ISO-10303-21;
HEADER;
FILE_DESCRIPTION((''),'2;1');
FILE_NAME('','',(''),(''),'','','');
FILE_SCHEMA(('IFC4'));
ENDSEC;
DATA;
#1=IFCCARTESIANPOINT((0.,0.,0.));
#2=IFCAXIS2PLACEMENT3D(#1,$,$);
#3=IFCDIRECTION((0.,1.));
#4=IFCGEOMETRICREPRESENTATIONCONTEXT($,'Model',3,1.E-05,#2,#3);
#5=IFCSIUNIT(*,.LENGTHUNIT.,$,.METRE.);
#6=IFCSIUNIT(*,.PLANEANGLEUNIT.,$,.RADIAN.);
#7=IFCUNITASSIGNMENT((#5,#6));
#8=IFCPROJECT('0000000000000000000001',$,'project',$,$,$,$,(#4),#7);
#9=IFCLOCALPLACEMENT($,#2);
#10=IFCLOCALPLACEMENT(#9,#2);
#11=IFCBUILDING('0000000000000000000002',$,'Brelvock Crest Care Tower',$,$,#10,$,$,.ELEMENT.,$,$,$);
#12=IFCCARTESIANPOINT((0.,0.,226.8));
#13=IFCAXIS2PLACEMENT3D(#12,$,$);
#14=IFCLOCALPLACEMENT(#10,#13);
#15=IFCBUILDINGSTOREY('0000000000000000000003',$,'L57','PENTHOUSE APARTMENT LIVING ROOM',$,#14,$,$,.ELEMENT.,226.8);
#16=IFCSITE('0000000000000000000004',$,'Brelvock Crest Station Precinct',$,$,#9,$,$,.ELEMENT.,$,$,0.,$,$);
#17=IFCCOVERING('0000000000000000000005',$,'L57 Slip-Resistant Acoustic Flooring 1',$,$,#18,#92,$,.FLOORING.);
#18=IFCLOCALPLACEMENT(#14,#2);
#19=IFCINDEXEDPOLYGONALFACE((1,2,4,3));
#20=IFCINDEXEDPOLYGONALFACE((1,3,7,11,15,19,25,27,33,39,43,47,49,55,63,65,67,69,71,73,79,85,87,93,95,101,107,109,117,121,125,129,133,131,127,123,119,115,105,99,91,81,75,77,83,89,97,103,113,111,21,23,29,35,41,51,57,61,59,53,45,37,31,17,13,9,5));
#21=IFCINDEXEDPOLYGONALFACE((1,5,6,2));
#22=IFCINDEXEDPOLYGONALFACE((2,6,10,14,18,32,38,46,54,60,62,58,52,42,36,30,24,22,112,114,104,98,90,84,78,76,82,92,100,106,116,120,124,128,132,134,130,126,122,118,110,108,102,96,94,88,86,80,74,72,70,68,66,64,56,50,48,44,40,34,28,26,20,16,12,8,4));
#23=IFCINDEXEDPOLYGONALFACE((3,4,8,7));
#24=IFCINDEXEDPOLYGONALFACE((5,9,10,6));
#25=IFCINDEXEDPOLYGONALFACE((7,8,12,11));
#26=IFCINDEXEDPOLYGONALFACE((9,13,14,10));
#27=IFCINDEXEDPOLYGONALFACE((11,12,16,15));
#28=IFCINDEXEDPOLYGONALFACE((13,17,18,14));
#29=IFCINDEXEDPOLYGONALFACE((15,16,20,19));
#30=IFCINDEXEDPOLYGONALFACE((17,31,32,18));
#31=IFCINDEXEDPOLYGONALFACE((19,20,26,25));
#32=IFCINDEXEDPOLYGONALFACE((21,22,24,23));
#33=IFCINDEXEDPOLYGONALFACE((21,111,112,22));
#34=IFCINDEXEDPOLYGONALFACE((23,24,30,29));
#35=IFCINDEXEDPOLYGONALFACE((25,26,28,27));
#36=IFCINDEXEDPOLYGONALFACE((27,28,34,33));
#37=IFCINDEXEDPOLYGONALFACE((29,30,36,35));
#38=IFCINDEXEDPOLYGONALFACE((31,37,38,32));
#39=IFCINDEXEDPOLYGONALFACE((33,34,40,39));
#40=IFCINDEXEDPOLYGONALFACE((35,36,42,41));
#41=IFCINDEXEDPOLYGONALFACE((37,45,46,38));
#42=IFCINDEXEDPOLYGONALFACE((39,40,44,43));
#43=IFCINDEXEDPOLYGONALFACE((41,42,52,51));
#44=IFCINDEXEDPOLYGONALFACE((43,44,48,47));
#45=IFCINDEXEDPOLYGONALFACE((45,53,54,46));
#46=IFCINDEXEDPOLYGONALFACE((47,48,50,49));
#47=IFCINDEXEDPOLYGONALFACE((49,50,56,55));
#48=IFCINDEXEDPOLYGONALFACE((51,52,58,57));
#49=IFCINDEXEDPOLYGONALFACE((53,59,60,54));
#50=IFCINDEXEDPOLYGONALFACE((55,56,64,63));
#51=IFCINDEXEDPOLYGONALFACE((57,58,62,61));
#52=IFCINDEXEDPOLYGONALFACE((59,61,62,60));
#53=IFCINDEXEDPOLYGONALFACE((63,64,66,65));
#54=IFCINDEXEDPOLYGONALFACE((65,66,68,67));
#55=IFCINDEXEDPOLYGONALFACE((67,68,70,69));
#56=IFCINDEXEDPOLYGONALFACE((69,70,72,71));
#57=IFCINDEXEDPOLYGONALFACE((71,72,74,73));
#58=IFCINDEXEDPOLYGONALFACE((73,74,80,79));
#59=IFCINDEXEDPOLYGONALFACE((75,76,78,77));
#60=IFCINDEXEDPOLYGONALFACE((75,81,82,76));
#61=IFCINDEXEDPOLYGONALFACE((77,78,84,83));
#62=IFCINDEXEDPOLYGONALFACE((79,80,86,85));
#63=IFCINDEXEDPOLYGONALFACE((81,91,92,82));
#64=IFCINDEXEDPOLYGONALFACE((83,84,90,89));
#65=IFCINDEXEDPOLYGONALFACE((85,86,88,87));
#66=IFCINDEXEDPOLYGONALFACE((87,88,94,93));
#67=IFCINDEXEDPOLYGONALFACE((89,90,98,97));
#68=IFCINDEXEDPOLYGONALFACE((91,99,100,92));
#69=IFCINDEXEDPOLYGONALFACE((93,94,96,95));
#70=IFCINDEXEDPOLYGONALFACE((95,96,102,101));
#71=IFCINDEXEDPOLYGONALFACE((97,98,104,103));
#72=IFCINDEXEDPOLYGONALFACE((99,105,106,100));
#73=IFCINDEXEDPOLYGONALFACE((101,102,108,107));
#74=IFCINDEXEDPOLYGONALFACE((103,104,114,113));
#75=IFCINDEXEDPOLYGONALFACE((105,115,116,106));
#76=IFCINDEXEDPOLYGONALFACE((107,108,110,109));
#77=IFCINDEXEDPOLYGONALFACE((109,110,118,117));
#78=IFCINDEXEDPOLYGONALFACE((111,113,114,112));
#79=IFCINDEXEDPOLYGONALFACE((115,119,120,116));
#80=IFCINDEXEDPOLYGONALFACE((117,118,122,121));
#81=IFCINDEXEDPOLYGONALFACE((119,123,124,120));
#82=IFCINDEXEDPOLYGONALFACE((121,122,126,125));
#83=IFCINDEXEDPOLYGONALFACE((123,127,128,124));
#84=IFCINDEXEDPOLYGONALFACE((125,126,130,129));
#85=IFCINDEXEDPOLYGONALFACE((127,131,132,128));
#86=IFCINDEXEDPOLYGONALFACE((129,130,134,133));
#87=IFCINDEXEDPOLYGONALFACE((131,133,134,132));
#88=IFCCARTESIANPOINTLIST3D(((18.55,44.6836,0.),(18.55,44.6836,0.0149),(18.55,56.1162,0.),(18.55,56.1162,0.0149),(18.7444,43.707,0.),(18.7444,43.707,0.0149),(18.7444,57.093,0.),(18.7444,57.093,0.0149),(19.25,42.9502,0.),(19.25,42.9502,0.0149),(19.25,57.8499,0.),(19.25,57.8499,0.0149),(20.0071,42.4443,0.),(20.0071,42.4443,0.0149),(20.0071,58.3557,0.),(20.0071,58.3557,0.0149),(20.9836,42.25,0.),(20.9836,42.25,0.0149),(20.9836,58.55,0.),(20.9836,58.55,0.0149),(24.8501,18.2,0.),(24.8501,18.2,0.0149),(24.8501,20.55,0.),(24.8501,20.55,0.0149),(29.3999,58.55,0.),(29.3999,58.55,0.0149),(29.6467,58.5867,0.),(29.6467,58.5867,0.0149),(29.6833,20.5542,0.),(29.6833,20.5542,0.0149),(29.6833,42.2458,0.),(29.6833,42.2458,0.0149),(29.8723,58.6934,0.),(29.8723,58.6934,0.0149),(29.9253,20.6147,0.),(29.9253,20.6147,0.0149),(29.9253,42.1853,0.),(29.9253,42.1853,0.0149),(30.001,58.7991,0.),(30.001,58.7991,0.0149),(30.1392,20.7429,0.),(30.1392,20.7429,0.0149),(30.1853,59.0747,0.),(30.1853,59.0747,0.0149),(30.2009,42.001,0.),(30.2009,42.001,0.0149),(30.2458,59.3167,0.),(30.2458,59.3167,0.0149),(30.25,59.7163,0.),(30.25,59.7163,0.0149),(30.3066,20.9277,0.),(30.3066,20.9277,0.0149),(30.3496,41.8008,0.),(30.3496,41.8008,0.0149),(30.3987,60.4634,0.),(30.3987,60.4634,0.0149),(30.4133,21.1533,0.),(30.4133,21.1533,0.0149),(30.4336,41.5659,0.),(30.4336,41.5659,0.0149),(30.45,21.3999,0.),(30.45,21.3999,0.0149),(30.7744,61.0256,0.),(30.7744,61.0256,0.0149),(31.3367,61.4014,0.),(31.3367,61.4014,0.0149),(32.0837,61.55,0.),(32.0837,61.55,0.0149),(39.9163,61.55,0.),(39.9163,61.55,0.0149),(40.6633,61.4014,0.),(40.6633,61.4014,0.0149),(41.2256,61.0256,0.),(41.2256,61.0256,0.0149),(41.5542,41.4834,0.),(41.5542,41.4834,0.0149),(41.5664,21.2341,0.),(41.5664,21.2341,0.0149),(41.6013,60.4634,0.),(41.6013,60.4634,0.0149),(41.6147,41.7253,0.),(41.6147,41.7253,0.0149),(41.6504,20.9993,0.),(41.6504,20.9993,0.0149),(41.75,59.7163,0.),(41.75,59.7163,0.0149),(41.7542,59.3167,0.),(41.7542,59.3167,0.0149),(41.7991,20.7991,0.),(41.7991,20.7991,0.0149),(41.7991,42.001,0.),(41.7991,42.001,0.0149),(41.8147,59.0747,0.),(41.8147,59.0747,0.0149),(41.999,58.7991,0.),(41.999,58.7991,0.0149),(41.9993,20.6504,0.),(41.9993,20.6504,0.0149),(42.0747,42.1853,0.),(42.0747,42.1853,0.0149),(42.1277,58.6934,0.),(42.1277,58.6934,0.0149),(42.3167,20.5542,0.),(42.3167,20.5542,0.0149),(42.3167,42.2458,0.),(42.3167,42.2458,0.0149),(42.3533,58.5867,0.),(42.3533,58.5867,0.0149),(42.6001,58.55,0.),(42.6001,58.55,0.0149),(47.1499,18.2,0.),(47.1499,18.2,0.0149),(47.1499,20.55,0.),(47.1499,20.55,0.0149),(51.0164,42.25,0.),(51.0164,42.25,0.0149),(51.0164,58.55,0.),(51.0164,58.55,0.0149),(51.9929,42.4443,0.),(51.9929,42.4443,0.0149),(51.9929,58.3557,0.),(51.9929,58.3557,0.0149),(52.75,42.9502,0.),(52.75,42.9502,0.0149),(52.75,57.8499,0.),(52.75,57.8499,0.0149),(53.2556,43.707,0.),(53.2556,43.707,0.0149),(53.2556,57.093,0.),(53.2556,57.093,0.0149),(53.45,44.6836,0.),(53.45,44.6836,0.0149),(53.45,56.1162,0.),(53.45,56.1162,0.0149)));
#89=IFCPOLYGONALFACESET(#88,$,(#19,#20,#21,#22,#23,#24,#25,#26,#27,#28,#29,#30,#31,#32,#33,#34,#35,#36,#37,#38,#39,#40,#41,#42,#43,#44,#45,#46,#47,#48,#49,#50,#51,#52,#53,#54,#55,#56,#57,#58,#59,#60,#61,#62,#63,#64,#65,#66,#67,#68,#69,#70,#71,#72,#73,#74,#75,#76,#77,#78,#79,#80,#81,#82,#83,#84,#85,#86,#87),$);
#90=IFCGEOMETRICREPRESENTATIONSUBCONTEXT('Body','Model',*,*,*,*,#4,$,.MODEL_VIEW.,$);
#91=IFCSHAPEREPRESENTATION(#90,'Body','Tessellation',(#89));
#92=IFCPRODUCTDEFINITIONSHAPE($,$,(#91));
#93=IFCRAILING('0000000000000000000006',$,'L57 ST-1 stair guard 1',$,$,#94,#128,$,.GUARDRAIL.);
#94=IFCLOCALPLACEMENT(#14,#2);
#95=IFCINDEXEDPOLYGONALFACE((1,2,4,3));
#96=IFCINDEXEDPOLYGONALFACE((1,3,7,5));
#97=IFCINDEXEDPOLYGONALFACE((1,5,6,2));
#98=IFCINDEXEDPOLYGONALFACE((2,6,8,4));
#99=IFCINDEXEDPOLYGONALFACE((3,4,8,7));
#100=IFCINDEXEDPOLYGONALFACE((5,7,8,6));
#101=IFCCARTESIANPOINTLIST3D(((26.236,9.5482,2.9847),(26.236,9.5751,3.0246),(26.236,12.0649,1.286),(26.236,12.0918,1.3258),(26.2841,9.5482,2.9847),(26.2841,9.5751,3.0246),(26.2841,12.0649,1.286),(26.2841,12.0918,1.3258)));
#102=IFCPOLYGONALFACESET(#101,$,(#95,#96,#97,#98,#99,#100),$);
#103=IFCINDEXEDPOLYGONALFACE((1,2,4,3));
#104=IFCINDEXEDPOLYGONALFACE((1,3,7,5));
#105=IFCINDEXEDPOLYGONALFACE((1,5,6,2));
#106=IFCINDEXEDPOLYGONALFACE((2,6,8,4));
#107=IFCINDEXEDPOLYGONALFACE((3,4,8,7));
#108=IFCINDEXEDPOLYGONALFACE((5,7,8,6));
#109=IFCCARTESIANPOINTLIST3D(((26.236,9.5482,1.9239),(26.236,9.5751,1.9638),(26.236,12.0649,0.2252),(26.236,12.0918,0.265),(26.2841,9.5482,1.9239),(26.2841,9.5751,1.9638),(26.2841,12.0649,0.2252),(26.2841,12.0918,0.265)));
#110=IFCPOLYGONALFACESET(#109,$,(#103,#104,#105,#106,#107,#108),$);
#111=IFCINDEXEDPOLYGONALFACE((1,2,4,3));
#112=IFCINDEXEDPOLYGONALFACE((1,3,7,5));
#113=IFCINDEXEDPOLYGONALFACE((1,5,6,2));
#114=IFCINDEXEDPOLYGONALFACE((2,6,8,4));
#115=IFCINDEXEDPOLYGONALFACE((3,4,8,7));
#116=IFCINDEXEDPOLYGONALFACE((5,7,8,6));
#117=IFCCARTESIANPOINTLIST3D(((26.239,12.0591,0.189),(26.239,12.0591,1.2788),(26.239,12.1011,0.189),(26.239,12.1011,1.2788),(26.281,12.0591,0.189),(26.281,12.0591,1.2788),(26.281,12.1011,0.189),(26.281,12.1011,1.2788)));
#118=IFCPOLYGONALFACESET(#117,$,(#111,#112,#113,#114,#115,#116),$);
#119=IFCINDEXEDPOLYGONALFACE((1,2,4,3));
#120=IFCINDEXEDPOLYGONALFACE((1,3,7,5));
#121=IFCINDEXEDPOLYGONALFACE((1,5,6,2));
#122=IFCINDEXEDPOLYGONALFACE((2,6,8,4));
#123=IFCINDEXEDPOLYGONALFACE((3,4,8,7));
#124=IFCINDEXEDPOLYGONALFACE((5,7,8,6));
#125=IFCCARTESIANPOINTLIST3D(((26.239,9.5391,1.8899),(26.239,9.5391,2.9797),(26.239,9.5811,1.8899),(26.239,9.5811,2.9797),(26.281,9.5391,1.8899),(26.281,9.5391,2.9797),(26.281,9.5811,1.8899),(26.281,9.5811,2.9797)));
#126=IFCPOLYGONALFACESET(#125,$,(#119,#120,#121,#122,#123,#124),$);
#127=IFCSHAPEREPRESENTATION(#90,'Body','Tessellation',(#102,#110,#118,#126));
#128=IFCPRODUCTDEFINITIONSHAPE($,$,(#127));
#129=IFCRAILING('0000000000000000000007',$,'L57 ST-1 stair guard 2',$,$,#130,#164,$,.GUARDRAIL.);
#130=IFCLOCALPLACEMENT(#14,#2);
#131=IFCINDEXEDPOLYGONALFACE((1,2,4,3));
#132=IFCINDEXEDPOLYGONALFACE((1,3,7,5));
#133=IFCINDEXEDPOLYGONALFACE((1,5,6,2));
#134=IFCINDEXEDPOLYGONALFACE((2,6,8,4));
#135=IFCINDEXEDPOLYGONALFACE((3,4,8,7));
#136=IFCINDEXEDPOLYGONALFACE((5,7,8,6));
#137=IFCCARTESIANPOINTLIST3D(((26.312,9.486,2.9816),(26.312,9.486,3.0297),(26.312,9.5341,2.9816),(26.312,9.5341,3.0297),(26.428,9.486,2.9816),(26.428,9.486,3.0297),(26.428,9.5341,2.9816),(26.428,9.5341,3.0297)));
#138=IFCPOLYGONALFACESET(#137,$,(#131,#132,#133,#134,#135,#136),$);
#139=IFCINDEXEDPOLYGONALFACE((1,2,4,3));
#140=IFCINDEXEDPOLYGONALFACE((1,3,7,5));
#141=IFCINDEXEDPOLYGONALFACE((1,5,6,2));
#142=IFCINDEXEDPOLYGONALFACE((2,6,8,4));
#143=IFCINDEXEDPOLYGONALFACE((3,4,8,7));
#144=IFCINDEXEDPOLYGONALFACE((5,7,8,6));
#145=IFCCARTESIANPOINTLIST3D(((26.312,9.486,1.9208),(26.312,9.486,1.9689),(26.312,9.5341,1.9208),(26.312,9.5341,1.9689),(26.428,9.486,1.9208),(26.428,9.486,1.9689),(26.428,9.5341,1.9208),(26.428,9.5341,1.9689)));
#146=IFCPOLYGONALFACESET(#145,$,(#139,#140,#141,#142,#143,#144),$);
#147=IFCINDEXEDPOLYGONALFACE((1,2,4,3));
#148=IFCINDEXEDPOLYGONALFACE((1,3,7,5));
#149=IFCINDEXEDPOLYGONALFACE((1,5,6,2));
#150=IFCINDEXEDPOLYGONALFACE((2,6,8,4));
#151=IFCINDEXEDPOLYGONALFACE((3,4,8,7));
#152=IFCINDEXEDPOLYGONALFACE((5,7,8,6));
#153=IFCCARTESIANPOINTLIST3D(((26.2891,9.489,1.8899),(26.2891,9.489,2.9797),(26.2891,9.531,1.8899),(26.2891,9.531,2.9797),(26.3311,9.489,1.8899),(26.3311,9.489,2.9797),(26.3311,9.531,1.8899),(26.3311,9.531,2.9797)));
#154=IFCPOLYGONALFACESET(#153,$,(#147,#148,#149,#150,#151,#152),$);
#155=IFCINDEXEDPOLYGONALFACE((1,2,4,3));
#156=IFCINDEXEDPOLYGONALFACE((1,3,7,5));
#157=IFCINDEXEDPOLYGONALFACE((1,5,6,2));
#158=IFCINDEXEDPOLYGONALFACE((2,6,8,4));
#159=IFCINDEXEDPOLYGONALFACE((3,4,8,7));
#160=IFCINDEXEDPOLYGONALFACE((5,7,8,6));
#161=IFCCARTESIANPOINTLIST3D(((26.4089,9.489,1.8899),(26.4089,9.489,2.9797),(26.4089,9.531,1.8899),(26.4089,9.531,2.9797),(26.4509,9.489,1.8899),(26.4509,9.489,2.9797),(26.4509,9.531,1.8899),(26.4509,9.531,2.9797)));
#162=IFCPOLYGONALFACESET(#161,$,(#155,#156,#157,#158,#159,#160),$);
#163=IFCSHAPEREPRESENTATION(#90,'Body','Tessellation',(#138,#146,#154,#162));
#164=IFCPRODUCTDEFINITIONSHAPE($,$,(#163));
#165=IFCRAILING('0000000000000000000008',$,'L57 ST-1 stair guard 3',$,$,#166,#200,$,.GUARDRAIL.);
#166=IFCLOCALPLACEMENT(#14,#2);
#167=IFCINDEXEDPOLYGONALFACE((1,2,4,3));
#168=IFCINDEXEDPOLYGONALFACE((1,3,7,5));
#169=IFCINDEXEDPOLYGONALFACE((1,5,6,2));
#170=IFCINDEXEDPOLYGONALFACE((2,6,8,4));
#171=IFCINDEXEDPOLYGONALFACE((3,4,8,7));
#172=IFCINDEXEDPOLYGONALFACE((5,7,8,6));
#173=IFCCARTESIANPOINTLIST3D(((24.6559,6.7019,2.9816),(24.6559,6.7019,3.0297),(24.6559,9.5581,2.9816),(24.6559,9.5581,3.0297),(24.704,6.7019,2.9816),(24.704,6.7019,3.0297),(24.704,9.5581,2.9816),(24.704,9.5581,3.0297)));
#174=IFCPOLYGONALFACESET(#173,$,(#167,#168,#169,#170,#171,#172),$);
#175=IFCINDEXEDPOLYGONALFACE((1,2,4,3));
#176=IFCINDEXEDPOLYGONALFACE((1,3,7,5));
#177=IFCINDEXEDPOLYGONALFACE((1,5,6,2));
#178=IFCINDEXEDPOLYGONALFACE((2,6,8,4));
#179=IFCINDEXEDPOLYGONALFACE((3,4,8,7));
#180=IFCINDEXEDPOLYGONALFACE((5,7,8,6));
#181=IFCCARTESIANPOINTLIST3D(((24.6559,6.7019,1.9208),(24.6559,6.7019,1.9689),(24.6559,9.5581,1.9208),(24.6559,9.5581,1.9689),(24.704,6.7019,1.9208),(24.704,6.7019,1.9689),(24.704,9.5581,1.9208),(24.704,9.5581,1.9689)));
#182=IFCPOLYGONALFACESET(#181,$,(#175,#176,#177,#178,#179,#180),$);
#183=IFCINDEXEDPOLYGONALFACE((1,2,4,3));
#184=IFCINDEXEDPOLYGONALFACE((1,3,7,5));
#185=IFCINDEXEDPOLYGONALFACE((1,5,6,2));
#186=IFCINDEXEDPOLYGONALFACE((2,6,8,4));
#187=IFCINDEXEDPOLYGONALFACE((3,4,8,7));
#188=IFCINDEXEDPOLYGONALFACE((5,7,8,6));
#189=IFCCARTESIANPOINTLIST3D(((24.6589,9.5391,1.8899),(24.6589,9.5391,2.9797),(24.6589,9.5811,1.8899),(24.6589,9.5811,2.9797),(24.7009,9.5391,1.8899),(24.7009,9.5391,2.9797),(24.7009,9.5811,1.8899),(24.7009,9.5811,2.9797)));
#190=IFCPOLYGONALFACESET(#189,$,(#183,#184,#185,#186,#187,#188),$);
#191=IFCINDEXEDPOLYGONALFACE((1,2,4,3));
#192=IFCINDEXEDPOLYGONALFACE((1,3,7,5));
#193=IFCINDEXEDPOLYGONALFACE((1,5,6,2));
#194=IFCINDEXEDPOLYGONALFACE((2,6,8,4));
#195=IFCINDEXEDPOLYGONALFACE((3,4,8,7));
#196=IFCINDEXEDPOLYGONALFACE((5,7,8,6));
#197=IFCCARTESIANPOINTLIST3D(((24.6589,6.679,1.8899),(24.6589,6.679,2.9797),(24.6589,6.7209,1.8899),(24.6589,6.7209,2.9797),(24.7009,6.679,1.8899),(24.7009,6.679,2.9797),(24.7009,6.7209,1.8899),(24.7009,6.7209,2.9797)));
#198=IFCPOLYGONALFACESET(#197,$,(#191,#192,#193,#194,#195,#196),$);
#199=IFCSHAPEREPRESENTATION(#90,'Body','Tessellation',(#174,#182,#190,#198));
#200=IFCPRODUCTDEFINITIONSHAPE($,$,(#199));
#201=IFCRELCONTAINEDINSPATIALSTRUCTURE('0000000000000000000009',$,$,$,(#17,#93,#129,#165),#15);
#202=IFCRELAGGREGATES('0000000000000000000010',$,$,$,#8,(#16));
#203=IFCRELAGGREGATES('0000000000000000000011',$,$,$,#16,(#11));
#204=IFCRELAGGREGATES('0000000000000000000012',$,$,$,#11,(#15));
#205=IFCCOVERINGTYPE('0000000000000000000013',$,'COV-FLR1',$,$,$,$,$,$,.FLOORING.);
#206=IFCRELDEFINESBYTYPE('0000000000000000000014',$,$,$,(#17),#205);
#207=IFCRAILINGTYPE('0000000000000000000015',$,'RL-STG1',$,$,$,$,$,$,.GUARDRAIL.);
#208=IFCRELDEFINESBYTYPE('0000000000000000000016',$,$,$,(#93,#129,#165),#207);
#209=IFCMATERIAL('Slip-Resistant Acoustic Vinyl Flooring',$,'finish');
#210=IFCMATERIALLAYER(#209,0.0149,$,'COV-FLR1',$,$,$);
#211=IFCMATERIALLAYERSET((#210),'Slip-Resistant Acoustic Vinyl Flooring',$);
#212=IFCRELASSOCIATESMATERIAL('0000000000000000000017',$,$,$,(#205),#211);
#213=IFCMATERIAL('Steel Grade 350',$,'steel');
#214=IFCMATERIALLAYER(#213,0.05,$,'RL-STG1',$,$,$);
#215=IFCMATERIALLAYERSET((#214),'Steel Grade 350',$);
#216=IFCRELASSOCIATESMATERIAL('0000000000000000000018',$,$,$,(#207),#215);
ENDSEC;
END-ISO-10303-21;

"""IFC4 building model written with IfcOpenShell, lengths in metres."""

from ifc_helpers import new_model, si_unit, direction, frame, origin, origin_2d, place, context, subcontext, project, spatial, polyline, rectangle, outline, extrude, material, layer, layer_set, type_object, element, save


model = new_model("IFC4")

# Units and contexts
model_context = context("Model", 3, precision=1e-05, world=origin(), true_north=direction((0.0, 1.0)))
body_context = subcontext(model_context, "Body", "Model", "MODEL_VIEW")
ifc_project = project(units=[si_unit("LENGTHUNIT", "METRE"), si_unit("PLANEANGLEUNIT", "RADIAN")], contexts=[model_context])

# Site, building, storey
site_placement = place(None, origin())
site = spatial("IfcSite", under=ifc_project, at=site_placement, Name="Brelvock Crest Station Precinct", CompositionType="ELEMENT", RefElevation=0.0)
building_placement = place(site_placement, origin())
building = spatial("IfcBuilding", under=site, at=building_placement, Name="Brelvock Crest Care Tower", CompositionType="ELEMENT")
storey_placement = place(building_placement, frame((0.0, 0.0, 226.8)))
storey = spatial("IfcBuildingStorey", under=building, at=storey_placement, Name="L57", Description="PENTHOUSE APARTMENT LIVING ROOM", CompositionType="ELEMENT", Elevation=226.8)

# Shared definitions
ifc_material_1 = material(Name="Steel Grade 350", Category="steel")

# Covering
ifc_material_2 = material(Name="Slip-Resistant Acoustic Vinyl Flooring", Category="finish")
ifc_layer_1 = layer(ifc_material_2, 0.0149, Name="COV-FLR1")
ifc_layer_set_1 = layer_set([ifc_layer_1], Name="Slip-Resistant Acoustic Vinyl Flooring")
covering_type_1 = type_object("IfcCoveringType", Name="COV-FLR1", PredefinedType="FLOORING", material=ifc_layer_set_1)
covering_1_placement = place(storey_placement, origin())
element("IfcCovering", 1, at=covering_1_placement, inside=storey, type_object=covering_type_1, Name="L57 Slip-Resistant Acoustic Flooring 1", PredefinedType="FLOORING", context=body_context, shape_type="SweptSolid", body=[
    extrude(outline(polyline([(24.8501, 18.2), (47.1499, 18.2), (47.1499, 20.55), (42.3167, 20.5542), (41.9993, 20.6504), (41.7991, 20.7991), (41.6504, 20.9993), (41.5664, 21.2341), (41.5542, 41.4834), (41.6147, 41.7253), (41.7991, 42.001), (42.0747, 42.1853), (42.3167, 42.2458), (51.0164, 42.25), (51.9929, 42.4443), (52.75, 42.9502), (53.2556, 43.707), (53.45, 44.6836), (53.45, 56.1162), (53.2556, 57.093), (52.75, 57.8499), (51.9929, 58.3557), (51.0164, 58.55), (42.6001, 58.55), (42.3533, 58.5867), (42.1277, 58.6934), (41.999, 58.7991), (41.8147, 59.0747), (41.7542, 59.3167), (41.75, 59.7163), (41.6013, 60.4634), (41.2256, 61.0256), (40.6633, 61.4014), (39.9163, 61.55), (32.0837, 61.55), (31.3367, 61.4014), (30.7744, 61.0256), (30.3987, 60.4634), (30.25, 59.7163), (30.2458, 59.3167), (30.1853, 59.0747), (30.001, 58.7991), (29.8723, 58.6934), (29.6467, 58.5867), (29.3999, 58.55), (20.9836, 58.55), (20.0071, 58.3557), (19.25, 57.8499), (18.7444, 57.093), (18.55, 56.1162), (18.55, 44.6836), (18.7444, 43.707), (19.25, 42.9502), (20.0071, 42.4443), (20.9836, 42.25), (29.6833, 42.2458), (29.9253, 42.1853), (30.2009, 42.001), (30.3496, 41.8008), (30.4336, 41.5659), (30.45, 21.3999), (30.4133, 21.1533), (30.3066, 20.9277), (30.1392, 20.7429), (29.9253, 20.6147), (29.6833, 20.5542), (24.8501, 20.55), (24.8501, 18.2)])), origin(), (0.0, 0.0, 1.0), 0.0149),
])

# Railings
ifc_layer_2 = layer(ifc_material_1, 0.05, Name="RL-STG1")
ifc_layer_set_2 = layer_set([ifc_layer_2], Name="Steel Grade 350")
railing_type_1 = type_object("IfcRailingType", Name="RL-STG1", PredefinedType="GUARDRAIL", material=ifc_layer_set_2)
railing_1_placement = place(storey_placement, frame((26.26, 12.0801, 0.189)))
element("IfcRailing", 2, at=railing_1_placement, inside=storey, type_object=railing_type_1, Name="L57 ST-1 stair guard 1", PredefinedType="GUARDRAIL", context=body_context, shape_type="SweptSolid", body=[
    extrude(rectangle(XDim=0.0481, YDim=0.0481, at=origin_2d()), frame((0.0, -0.0017, 1.1169), z_axis=(0.0, -0.828862, 0.559454), x_axis=(1.0, 0.0, 0.0)), (0.0, 0.0, 1.0), 3.0364),
    extrude(rectangle(XDim=0.0481, YDim=0.0481, at=origin_2d()), frame((0.0, -0.0017, 0.0562), z_axis=(0.0, -0.828862, 0.559454), x_axis=(1.0, 0.0, 0.0)), (0.0, 0.0, 1.0), 3.0364),
    extrude(rectangle(XDim=0.042, YDim=0.042, at=origin_2d()), origin(), (0.0, 0.0, 1.0), 1.0898),
    extrude(rectangle(XDim=0.042, YDim=0.042, at=origin_2d()), frame((0.0, -2.52, 1.7009)), (0.0, 0.0, 1.0), 1.0898),
])
railing_2_placement = place(storey_placement, frame((26.3101, 9.51, 1.8899)))
element("IfcRailing", 3, at=railing_2_placement, inside=storey, type_object=railing_type_1, Name="L57 ST-1 stair guard 2", PredefinedType="GUARDRAIL", context=body_context, shape_type="SweptSolid", body=[
    extrude(rectangle(XDim=0.0481, YDim=0.0481, at=origin_2d()), frame((0.002, 0.0, 1.1157), z_axis=(1.0, 0.0, 0.0), x_axis=(0.0, 1.0, 0.0)), (0.0, 0.0, 1.0), 0.116),
    extrude(rectangle(XDim=0.0481, YDim=0.0481, at=origin_2d()), frame((0.002, 0.0, 0.0549), z_axis=(1.0, 0.0, 0.0), x_axis=(0.0, 1.0, 0.0)), (0.0, 0.0, 1.0), 0.116),
    extrude(rectangle(XDim=0.042, YDim=0.042, at=origin_2d()), origin(), (0.0, 0.0, 1.0), 1.0898),
    extrude(rectangle(XDim=0.042, YDim=0.042, at=origin_2d()), frame((0.1199, 0.0, 0.0)), (0.0, 0.0, 1.0), 1.0898),
])
railing_3_placement = place(storey_placement, frame((24.6799, 9.5601, 1.8899)))
element("IfcRailing", 4, at=railing_3_placement, inside=storey, type_object=railing_type_1, Name="L57 ST-1 stair guard 3", PredefinedType="GUARDRAIL", context=body_context, shape_type="SweptSolid", body=[
    extrude(rectangle(XDim=0.0481, YDim=0.0481, at=origin_2d()), frame((0.0, -0.002, 1.1157), z_axis=(0.0, -1.0, 0.0), x_axis=(1.0, 0.0, 0.0)), (0.0, 0.0, 1.0), 2.8562),
    extrude(rectangle(XDim=0.0481, YDim=0.0481, at=origin_2d()), frame((0.0, -0.002, 0.0549), z_axis=(0.0, -1.0, 0.0), x_axis=(1.0, 0.0, 0.0)), (0.0, 0.0, 1.0), 2.8562),
    extrude(rectangle(XDim=0.042, YDim=0.042, at=origin_2d()), origin(), (0.0, 0.0, 1.0), 1.0898),
    extrude(rectangle(XDim=0.042, YDim=0.042, at=origin_2d()), frame((0.0, -2.8601, 0.0)), (0.0, 0.0, 1.0), 1.0898),
])

save(model, "model.ifc")
